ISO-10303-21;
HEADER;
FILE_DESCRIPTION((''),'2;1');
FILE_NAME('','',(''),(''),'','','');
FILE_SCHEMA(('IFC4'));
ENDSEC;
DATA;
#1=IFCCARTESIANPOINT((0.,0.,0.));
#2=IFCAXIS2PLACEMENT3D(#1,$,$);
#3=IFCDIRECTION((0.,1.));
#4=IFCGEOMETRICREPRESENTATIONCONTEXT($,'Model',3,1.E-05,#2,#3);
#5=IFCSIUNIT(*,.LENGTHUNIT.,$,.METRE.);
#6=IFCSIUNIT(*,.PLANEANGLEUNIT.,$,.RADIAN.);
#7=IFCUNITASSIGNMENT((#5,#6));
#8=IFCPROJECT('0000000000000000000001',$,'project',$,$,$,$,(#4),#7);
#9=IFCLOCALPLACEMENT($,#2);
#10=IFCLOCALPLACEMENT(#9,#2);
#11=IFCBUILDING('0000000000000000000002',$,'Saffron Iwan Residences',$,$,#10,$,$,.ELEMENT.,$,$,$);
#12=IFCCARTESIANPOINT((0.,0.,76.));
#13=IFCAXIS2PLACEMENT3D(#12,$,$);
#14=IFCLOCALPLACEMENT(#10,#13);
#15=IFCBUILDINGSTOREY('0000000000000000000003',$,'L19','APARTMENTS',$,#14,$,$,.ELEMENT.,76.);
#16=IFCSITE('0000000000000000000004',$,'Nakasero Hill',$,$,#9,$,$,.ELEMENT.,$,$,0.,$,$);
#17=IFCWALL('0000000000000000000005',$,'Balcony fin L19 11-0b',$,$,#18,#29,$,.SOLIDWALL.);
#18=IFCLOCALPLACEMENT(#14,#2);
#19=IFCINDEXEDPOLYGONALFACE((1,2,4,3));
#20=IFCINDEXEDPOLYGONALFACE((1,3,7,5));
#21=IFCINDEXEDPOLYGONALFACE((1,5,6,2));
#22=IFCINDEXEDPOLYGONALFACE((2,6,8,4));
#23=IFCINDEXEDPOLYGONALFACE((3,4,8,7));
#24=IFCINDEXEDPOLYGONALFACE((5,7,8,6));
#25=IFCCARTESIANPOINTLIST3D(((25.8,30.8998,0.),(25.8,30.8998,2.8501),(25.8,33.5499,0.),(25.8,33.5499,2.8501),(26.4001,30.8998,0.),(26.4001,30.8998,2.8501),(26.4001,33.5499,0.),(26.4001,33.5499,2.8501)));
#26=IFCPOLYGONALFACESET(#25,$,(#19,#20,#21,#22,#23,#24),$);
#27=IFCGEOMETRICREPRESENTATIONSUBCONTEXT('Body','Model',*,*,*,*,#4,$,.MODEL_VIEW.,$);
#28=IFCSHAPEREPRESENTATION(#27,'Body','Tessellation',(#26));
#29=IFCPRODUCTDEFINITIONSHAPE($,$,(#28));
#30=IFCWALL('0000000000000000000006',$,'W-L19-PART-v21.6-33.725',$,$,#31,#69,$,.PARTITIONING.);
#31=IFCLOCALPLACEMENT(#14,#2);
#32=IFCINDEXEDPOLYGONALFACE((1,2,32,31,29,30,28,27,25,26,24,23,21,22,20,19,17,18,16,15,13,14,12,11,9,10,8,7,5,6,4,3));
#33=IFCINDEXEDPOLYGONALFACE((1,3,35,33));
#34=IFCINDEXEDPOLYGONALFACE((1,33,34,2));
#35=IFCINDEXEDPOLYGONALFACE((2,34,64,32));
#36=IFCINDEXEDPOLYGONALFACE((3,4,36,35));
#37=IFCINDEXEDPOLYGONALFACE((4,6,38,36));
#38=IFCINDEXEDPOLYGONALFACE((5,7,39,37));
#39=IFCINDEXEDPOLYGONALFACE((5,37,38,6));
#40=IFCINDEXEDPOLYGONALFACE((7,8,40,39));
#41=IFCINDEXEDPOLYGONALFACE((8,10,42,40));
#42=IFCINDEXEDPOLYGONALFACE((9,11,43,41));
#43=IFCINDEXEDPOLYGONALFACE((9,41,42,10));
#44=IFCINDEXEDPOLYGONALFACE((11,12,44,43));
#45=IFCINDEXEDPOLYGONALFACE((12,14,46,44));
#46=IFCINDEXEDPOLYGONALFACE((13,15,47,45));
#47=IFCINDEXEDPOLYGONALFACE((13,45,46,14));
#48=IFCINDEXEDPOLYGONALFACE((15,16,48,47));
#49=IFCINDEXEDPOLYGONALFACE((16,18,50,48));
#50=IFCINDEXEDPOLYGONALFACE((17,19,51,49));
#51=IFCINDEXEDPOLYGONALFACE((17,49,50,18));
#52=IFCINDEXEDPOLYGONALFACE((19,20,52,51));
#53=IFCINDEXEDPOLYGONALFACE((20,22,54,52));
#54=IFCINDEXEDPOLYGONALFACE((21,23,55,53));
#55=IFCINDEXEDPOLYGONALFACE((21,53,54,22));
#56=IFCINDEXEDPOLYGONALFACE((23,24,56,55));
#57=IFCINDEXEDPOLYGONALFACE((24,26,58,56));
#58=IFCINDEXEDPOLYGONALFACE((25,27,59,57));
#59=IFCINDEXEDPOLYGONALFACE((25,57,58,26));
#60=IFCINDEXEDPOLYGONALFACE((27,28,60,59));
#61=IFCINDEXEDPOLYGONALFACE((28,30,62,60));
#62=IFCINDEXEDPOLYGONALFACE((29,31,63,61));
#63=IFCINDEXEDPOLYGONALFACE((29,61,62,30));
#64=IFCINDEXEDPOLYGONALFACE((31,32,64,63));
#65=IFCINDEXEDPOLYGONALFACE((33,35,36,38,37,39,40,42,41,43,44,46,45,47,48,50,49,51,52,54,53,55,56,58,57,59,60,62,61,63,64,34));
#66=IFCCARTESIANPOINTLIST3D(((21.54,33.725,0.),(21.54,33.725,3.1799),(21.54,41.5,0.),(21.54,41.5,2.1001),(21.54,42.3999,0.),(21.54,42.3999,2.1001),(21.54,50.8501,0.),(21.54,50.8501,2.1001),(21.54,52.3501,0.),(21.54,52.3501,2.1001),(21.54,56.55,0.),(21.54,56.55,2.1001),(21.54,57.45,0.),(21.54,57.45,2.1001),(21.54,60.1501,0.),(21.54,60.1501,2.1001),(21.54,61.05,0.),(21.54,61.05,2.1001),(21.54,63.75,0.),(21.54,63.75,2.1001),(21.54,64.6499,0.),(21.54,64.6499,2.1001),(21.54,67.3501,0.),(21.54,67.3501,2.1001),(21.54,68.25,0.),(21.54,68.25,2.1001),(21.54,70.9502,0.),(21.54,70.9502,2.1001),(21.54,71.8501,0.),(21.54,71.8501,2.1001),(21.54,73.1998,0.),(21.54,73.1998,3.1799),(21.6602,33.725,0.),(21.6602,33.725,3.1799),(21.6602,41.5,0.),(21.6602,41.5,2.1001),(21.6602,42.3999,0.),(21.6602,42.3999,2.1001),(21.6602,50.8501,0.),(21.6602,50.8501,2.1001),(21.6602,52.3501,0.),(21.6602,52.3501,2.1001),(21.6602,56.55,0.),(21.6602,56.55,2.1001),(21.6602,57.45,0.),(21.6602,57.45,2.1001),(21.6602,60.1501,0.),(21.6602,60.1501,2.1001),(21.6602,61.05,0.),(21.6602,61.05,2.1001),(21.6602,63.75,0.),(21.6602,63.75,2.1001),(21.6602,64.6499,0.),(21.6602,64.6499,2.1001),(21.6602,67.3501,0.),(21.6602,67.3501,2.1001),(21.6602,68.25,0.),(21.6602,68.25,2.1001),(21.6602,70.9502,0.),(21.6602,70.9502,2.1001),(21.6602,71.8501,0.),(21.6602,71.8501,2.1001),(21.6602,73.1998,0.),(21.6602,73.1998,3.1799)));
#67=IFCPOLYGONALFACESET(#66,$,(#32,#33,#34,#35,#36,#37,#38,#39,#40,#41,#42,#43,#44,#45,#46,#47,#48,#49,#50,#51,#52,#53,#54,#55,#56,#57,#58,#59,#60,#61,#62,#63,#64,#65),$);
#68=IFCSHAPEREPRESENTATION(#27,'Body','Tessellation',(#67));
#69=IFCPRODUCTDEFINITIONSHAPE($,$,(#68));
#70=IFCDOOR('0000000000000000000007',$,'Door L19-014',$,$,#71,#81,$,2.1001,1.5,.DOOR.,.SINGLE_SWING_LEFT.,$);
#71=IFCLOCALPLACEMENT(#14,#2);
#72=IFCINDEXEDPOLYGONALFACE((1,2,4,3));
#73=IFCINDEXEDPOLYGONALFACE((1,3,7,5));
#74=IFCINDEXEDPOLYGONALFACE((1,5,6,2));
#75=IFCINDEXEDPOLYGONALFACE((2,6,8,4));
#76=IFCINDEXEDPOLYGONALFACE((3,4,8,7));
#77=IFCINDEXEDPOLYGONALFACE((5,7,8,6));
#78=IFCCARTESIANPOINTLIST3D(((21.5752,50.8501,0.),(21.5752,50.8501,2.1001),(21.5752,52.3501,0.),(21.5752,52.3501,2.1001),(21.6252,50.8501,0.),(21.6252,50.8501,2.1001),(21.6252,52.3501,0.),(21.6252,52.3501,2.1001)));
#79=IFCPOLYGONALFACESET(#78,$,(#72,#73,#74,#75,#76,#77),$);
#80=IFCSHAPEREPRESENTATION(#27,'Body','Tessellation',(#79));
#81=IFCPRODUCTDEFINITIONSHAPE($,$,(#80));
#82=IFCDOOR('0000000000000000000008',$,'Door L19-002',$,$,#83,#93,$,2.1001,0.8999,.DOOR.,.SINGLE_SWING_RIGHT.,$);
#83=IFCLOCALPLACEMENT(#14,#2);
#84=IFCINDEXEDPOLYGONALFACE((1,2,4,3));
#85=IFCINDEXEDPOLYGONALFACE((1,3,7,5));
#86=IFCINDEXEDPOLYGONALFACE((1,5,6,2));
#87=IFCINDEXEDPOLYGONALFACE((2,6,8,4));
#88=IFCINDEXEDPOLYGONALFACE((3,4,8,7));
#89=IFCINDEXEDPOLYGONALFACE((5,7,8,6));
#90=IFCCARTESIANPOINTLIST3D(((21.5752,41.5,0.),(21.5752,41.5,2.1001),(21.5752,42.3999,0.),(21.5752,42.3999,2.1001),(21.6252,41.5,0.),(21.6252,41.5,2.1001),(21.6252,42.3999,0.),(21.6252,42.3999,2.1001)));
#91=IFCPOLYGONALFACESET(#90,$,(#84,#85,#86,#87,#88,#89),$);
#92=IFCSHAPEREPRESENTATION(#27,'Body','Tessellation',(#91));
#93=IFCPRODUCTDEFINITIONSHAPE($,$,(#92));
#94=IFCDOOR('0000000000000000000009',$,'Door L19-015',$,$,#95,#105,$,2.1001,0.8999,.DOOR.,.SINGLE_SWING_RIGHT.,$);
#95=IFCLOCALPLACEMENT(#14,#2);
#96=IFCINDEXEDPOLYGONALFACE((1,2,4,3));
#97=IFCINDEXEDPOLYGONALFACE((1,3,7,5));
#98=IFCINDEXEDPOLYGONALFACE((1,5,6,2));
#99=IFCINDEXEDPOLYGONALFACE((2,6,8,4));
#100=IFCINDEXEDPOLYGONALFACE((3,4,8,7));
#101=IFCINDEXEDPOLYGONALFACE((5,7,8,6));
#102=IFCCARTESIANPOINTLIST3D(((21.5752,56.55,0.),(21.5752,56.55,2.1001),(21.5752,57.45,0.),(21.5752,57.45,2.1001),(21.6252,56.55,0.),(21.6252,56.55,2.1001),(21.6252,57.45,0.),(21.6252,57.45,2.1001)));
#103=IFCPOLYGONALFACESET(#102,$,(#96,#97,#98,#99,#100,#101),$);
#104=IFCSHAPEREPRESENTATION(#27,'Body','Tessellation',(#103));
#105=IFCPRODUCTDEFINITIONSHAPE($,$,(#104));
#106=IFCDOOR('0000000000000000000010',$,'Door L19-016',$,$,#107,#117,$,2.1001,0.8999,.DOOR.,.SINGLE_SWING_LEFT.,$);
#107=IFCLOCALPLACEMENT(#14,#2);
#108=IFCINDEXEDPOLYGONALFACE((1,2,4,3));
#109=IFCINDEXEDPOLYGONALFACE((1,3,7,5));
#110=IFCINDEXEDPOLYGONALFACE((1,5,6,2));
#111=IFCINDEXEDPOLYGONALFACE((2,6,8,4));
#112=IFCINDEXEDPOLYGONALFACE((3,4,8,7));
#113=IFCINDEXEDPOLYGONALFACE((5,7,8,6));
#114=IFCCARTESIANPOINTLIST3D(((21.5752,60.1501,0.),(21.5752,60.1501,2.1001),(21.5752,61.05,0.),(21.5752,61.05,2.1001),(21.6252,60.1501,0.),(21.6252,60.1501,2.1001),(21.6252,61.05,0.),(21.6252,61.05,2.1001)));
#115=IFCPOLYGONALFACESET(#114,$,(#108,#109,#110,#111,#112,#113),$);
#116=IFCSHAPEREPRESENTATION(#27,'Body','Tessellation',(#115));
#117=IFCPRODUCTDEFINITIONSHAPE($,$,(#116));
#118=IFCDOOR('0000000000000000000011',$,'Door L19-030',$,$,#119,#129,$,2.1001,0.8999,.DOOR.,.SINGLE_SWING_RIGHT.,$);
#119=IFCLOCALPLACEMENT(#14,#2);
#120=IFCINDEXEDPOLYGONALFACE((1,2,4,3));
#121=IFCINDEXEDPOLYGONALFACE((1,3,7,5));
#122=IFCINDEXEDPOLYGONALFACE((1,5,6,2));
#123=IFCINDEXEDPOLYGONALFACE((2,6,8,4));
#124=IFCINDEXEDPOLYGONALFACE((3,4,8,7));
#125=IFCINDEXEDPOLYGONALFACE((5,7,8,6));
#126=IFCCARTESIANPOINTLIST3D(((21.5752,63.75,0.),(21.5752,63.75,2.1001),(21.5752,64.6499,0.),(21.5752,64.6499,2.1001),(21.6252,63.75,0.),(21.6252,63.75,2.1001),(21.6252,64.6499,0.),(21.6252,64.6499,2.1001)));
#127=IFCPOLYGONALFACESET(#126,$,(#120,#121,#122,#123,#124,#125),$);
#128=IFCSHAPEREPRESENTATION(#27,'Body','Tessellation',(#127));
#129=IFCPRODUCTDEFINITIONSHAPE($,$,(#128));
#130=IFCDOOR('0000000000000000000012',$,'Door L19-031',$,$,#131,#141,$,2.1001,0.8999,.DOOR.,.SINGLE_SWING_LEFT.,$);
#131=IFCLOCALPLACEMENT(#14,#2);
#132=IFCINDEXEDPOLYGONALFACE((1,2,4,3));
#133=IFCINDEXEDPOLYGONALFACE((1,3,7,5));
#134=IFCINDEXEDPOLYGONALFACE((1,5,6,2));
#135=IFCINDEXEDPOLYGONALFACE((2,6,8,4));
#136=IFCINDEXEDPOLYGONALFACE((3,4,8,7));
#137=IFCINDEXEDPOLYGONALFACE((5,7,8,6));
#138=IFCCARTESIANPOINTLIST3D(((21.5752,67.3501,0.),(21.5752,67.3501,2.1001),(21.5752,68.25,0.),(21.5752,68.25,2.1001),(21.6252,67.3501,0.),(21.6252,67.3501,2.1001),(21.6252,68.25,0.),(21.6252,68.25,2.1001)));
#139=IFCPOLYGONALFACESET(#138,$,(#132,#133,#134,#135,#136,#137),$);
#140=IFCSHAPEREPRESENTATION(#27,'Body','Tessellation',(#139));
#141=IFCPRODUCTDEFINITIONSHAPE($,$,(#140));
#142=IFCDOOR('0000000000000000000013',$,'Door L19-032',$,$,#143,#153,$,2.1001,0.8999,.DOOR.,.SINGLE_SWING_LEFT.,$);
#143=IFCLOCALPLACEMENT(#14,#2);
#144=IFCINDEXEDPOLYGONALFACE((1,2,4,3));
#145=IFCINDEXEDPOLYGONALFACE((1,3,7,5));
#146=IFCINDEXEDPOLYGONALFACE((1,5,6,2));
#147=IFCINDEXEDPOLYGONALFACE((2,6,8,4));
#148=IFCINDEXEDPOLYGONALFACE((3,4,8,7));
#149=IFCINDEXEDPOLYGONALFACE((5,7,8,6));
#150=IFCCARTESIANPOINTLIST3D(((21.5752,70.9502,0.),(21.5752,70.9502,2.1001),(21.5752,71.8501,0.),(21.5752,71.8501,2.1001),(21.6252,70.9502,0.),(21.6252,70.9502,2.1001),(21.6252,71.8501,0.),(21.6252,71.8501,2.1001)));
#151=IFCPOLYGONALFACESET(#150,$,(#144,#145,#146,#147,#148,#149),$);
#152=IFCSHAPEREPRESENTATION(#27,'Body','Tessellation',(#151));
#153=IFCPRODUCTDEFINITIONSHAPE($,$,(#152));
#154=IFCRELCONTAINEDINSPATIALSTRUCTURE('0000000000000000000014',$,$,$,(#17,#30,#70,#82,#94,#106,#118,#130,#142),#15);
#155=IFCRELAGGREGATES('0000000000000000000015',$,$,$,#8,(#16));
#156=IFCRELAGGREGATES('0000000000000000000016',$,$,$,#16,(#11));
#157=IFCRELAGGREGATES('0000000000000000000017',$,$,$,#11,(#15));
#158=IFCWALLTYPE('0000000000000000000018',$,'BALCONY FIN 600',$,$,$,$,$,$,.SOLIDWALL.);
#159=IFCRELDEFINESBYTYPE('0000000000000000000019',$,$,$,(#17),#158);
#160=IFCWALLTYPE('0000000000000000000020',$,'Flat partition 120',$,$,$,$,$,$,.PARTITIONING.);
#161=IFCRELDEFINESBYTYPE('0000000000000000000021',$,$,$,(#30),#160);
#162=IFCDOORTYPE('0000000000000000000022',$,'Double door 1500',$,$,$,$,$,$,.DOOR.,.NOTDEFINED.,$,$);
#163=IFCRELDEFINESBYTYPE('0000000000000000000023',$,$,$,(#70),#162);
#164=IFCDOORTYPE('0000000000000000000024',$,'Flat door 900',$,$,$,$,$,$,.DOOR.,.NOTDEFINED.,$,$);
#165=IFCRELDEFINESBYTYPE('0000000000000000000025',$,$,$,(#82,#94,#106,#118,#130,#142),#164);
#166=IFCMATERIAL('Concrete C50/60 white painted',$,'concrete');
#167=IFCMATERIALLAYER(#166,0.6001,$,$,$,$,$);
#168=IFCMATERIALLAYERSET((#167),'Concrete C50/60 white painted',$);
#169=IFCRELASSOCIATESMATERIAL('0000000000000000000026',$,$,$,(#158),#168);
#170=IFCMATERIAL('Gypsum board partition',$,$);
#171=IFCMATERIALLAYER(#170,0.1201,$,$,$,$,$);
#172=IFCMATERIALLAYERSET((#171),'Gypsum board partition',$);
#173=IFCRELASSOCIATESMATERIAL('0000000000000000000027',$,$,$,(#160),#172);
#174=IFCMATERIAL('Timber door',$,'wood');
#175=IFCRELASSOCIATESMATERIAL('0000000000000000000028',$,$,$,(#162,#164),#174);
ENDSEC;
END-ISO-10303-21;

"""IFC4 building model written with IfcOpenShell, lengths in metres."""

from ifc_helpers import new_model, si_unit, direction, frame, frame_2d, origin, place, context, subcontext, project, spatial, rectangle, extrude, material, layer, layer_set, type_object, element, fill, save


model = new_model("IFC4")

# Units and contexts
model_context = context("Model", 3, precision=1e-05, world=origin(), true_north=direction((0.0, 1.0)))
body_context = subcontext(model_context, "Body", "Model", "MODEL_VIEW")
ifc_project = project(units=[si_unit("LENGTHUNIT", "METRE"), si_unit("PLANEANGLEUNIT", "RADIAN")], contexts=[model_context])

# Site, building, storey
site_placement = place(None, origin())
site = spatial("IfcSite", under=ifc_project, at=site_placement, Name="Nakasero Hill", CompositionType="ELEMENT", RefElevation=0.0)
building_placement = place(site_placement, origin())
building = spatial("IfcBuilding", under=site, at=building_placement, Name="Saffron Iwan Residences", CompositionType="ELEMENT")
storey_placement = place(building_placement, frame((0.0, 0.0, 76.0)))
storey = spatial("IfcBuildingStorey", under=building, at=storey_placement, Name="L19", Description="APARTMENTS", CompositionType="ELEMENT", Elevation=76.0)

# Wall
ifc_material_1 = material(Name="Concrete C50/60 white painted", Category="concrete")
ifc_layer_1 = layer(ifc_material_1, 0.6001)
ifc_layer_set_1 = layer_set([ifc_layer_1], Name="Concrete C50/60 white painted")
wall_type_1 = type_object("IfcWallType", Name="BALCONY FIN 600", PredefinedType="SOLIDWALL", material=ifc_layer_set_1)
wall_1_placement = place(storey_placement, frame((26.1001, 33.55, 0.0), z_axis=(0.0, 0.0, 1.0), x_axis=(0.0, -1.0, 0.0)))
element("IfcWall", 1, at=wall_1_placement, inside=storey, type_object=wall_type_1, Name="Balcony fin L19 11-0b", PredefinedType="SOLIDWALL", context=body_context, shape_type="SweptSolid", body=[
    extrude(rectangle(XDim=2.6501, YDim=0.6001, at=frame_2d((1.3252, 0.0))), origin(), (0.0, 0.0, 1.0), 2.8501),
])

# Wall, openings, doors
ifc_material_2 = material(Name="Gypsum board partition")
ifc_layer_2 = layer(ifc_material_2, 0.1201)
ifc_layer_set_2 = layer_set([ifc_layer_2], Name="Gypsum board partition")
wall_type_2 = type_object("IfcWallType", Name="Flat partition 120", PredefinedType="PARTITIONING", material=ifc_layer_set_2)
wall_2_placement = place(storey_placement, frame((21.6001, 33.7251, 0.0), z_axis=(0.0, 0.0, 1.0), x_axis=(0.0, 1.0, 0.0)))
wall_2 = element("IfcWall", 2, at=wall_2_placement, inside=storey, type_object=wall_type_2, Name="W-L19-PART-v21.6-33.725", PredefinedType="PARTITIONING", context=body_context, shape_type="SweptSolid", body=[
    extrude(rectangle(XDim=39.4749, YDim=0.1201, at=frame_2d((19.7373, 0.0))), origin(), (0.0, 0.0, 1.0), 3.1799),
])
opening_1_placement = place(wall_2_placement, frame((7.7749, 0.0, 0.0)))
opening_1 = element("IfcOpeningElement", 3, at=opening_1_placement, cuts=wall_2, PredefinedType="OPENING", context=body_context, shape_type="SweptSolid", body=[
    extrude(rectangle(XDim=0.8999, YDim=2.1001, at=frame_2d((0.45, 1.05))), frame((0.0, 0.0701, 0.0), z_axis=(0.0, -1.0, 0.0), x_axis=(1.0, 0.0, 0.0)), (0.0, 0.0, 1.0), 0.1401),
])
opening_2_placement = place(wall_2_placement, frame((17.125, 0.0, 0.0)))
opening_2 = element("IfcOpeningElement", 4, at=opening_2_placement, cuts=wall_2, PredefinedType="OPENING", context=body_context, shape_type="SweptSolid", body=[
    extrude(rectangle(XDim=1.5, YDim=2.1001, at=frame_2d((0.75, 1.05))), frame((0.0, 0.0701, 0.0), z_axis=(0.0, -1.0, 0.0), x_axis=(1.0, 0.0, 0.0)), (0.0, 0.0, 1.0), 0.1401),
])
opening_3_placement = place(wall_2_placement, frame((22.825, 0.0, 0.0)))
opening_3 = element("IfcOpeningElement", 5, at=opening_3_placement, cuts=wall_2, PredefinedType="OPENING", context=body_context, shape_type="SweptSolid", body=[
    extrude(rectangle(XDim=0.8999, YDim=2.1001, at=frame_2d((0.45, 1.05))), frame((0.0, 0.0701, 0.0), z_axis=(0.0, -1.0, 0.0), x_axis=(1.0, 0.0, 0.0)), (0.0, 0.0, 1.0), 0.1401),
])
opening_4_placement = place(wall_2_placement, frame((26.425, 0.0, 0.0)))
opening_4 = element("IfcOpeningElement", 6, at=opening_4_placement, cuts=wall_2, PredefinedType="OPENING", context=body_context, shape_type="SweptSolid", body=[
    extrude(rectangle(XDim=0.8999, YDim=2.1001, at=frame_2d((0.45, 1.05))), frame((0.0, 0.0701, 0.0), z_axis=(0.0, -1.0, 0.0), x_axis=(1.0, 0.0, 0.0)), (0.0, 0.0, 1.0), 0.1401),
])
opening_5_placement = place(wall_2_placement, frame((30.0249, 0.0, 0.0)))
opening_5 = element("IfcOpeningElement", 7, at=opening_5_placement, cuts=wall_2, PredefinedType="OPENING", context=body_context, shape_type="SweptSolid", body=[
    extrude(rectangle(XDim=0.8999, YDim=2.1001, at=frame_2d((0.45, 1.05))), frame((0.0, 0.0701, 0.0), z_axis=(0.0, -1.0, 0.0), x_axis=(1.0, 0.0, 0.0)), (0.0, 0.0, 1.0), 0.1401),
])
opening_6_placement = place(wall_2_placement, frame((33.625, 0.0, 0.0)))
opening_6 = element("IfcOpeningElement", 8, at=opening_6_placement, cuts=wall_2, PredefinedType="OPENING", context=body_context, shape_type="SweptSolid", body=[
    extrude(rectangle(XDim=0.8999, YDim=2.1001, at=frame_2d((0.45, 1.05))), frame((0.0, 0.0701, 0.0), z_axis=(0.0, -1.0, 0.0), x_axis=(1.0, 0.0, 0.0)), (0.0, 0.0, 1.0), 0.1401),
])
opening_7_placement = place(wall_2_placement, frame((37.2251, 0.0, 0.0)))
opening_7 = element("IfcOpeningElement", 9, at=opening_7_placement, cuts=wall_2, PredefinedType="OPENING", context=body_context, shape_type="SweptSolid", body=[
    extrude(rectangle(XDim=0.8999, YDim=2.1001, at=frame_2d((0.45, 1.05))), frame((0.0, 0.0701, 0.0), z_axis=(0.0, -1.0, 0.0), x_axis=(1.0, 0.0, 0.0)), (0.0, 0.0, 1.0), 0.1401),
])
ifc_material_3 = material(Name="Timber door", Category="wood")
door_type_1 = type_object("IfcDoorType", Name="Double door 1500", OperationType="NOTDEFINED", PredefinedType="DOOR", material=ifc_material_3)
door_1_placement = place(opening_2_placement, origin())
door_1 = element("IfcDoor", 10, at=door_1_placement, inside=storey, type_object=door_type_1, Name="Door L19-014", OperationType="SINGLE_SWING_LEFT", OverallHeight=2.1001, OverallWidth=1.5, PredefinedType="DOOR", context=body_context, shape_type="SweptSolid", body=[
    extrude(rectangle(XDim=1.5, YDim=2.1001, at=frame_2d((0.75, 1.05))), frame((0.0, 0.0249, 0.0), z_axis=(0.0, -1.0, 0.0), x_axis=(1.0, 0.0, 0.0)), (0.0, 0.0, 1.0), 0.05),
])
fill(opening_2, door_1)
door_type_2 = type_object("IfcDoorType", Name="Flat door 900", OperationType="NOTDEFINED", PredefinedType="DOOR", material=ifc_material_3)
door_2_placement = place(opening_1_placement, origin())
door_2 = element("IfcDoor", 11, at=door_2_placement, inside=storey, type_object=door_type_2, Name="Door L19-002", OperationType="SINGLE_SWING_RIGHT", OverallHeight=2.1001, OverallWidth=0.8999, PredefinedType="DOOR", context=body_context, shape_type="SweptSolid", body=[
    extrude(rectangle(XDim=0.8999, YDim=2.1001, at=frame_2d((0.45, 1.05))), frame((0.0, 0.0249, 0.0), z_axis=(0.0, -1.0, 0.0), x_axis=(1.0, 0.0, 0.0)), (0.0, 0.0, 1.0), 0.05),
])
fill(opening_1, door_2)
door_3_placement = place(opening_3_placement, origin())
door_3 = element("IfcDoor", 12, at=door_3_placement, inside=storey, type_object=door_type_2, Name="Door L19-015", OperationType="SINGLE_SWING_RIGHT", OverallHeight=2.1001, OverallWidth=0.8999, PredefinedType="DOOR", context=body_context, shape_type="SweptSolid", body=[
    extrude(rectangle(XDim=0.8999, YDim=2.1001, at=frame_2d((0.45, 1.05))), frame((0.0, 0.0249, 0.0), z_axis=(0.0, -1.0, 0.0), x_axis=(1.0, 0.0, 0.0)), (0.0, 0.0, 1.0), 0.05),
])
fill(opening_3, door_3)
door_4_placement = place(opening_4_placement, origin())
door_4 = element("IfcDoor", 13, at=door_4_placement, inside=storey, type_object=door_type_2, Name="Door L19-016", OperationType="SINGLE_SWING_LEFT", OverallHeight=2.1001, OverallWidth=0.8999, PredefinedType="DOOR", context=body_context, shape_type="SweptSolid", body=[
    extrude(rectangle(XDim=0.8999, YDim=2.1001, at=frame_2d((0.45, 1.05))), frame((0.0, 0.0249, 0.0), z_axis=(0.0, -1.0, 0.0), x_axis=(1.0, 0.0, 0.0)), (0.0, 0.0, 1.0), 0.05),
])
fill(opening_4, door_4)
door_5_placement = place(opening_5_placement, origin())
door_5 = element("IfcDoor", 14, at=door_5_placement, inside=storey, type_object=door_type_2, Name="Door L19-030", OperationType="SINGLE_SWING_RIGHT", OverallHeight=2.1001, OverallWidth=0.8999, PredefinedType="DOOR", context=body_context, shape_type="SweptSolid", body=[
    extrude(rectangle(XDim=0.8999, YDim=2.1001, at=frame_2d((0.45, 1.05))), frame((0.0, 0.0249, 0.0), z_axis=(0.0, -1.0, 0.0), x_axis=(1.0, 0.0, 0.0)), (0.0, 0.0, 1.0), 0.05),
])
fill(opening_5, door_5)
door_6_placement = place(opening_6_placement, origin())
door_6 = element("IfcDoor", 15, at=door_6_placement, inside=storey, type_object=door_type_2, Name="Door L19-031", OperationType="SINGLE_SWING_LEFT", OverallHeight=2.1001, OverallWidth=0.8999, PredefinedType="DOOR", context=body_context, shape_type="SweptSolid", body=[
    extrude(rectangle(XDim=0.8999, YDim=2.1001, at=frame_2d((0.45, 1.05))), frame((0.0, 0.0249, 0.0), z_axis=(0.0, -1.0, 0.0), x_axis=(1.0, 0.0, 0.0)), (0.0, 0.0, 1.0), 0.05),
])
fill(opening_6, door_6)
door_7_placement = place(opening_7_placement, origin())
door_7 = element("IfcDoor", 16, at=door_7_placement, inside=storey, type_object=door_type_2, Name="Door L19-032", OperationType="SINGLE_SWING_LEFT", OverallHeight=2.1001, OverallWidth=0.8999, PredefinedType="DOOR", context=body_context, shape_type="SweptSolid", body=[
    extrude(rectangle(XDim=0.8999, YDim=2.1001, at=frame_2d((0.45, 1.05))), frame((0.0, 0.0249, 0.0), z_axis=(0.0, -1.0, 0.0), x_axis=(1.0, 0.0, 0.0)), (0.0, 0.0, 1.0), 0.05),
])
fill(opening_7, door_7)

save(model, "model.ifc")
